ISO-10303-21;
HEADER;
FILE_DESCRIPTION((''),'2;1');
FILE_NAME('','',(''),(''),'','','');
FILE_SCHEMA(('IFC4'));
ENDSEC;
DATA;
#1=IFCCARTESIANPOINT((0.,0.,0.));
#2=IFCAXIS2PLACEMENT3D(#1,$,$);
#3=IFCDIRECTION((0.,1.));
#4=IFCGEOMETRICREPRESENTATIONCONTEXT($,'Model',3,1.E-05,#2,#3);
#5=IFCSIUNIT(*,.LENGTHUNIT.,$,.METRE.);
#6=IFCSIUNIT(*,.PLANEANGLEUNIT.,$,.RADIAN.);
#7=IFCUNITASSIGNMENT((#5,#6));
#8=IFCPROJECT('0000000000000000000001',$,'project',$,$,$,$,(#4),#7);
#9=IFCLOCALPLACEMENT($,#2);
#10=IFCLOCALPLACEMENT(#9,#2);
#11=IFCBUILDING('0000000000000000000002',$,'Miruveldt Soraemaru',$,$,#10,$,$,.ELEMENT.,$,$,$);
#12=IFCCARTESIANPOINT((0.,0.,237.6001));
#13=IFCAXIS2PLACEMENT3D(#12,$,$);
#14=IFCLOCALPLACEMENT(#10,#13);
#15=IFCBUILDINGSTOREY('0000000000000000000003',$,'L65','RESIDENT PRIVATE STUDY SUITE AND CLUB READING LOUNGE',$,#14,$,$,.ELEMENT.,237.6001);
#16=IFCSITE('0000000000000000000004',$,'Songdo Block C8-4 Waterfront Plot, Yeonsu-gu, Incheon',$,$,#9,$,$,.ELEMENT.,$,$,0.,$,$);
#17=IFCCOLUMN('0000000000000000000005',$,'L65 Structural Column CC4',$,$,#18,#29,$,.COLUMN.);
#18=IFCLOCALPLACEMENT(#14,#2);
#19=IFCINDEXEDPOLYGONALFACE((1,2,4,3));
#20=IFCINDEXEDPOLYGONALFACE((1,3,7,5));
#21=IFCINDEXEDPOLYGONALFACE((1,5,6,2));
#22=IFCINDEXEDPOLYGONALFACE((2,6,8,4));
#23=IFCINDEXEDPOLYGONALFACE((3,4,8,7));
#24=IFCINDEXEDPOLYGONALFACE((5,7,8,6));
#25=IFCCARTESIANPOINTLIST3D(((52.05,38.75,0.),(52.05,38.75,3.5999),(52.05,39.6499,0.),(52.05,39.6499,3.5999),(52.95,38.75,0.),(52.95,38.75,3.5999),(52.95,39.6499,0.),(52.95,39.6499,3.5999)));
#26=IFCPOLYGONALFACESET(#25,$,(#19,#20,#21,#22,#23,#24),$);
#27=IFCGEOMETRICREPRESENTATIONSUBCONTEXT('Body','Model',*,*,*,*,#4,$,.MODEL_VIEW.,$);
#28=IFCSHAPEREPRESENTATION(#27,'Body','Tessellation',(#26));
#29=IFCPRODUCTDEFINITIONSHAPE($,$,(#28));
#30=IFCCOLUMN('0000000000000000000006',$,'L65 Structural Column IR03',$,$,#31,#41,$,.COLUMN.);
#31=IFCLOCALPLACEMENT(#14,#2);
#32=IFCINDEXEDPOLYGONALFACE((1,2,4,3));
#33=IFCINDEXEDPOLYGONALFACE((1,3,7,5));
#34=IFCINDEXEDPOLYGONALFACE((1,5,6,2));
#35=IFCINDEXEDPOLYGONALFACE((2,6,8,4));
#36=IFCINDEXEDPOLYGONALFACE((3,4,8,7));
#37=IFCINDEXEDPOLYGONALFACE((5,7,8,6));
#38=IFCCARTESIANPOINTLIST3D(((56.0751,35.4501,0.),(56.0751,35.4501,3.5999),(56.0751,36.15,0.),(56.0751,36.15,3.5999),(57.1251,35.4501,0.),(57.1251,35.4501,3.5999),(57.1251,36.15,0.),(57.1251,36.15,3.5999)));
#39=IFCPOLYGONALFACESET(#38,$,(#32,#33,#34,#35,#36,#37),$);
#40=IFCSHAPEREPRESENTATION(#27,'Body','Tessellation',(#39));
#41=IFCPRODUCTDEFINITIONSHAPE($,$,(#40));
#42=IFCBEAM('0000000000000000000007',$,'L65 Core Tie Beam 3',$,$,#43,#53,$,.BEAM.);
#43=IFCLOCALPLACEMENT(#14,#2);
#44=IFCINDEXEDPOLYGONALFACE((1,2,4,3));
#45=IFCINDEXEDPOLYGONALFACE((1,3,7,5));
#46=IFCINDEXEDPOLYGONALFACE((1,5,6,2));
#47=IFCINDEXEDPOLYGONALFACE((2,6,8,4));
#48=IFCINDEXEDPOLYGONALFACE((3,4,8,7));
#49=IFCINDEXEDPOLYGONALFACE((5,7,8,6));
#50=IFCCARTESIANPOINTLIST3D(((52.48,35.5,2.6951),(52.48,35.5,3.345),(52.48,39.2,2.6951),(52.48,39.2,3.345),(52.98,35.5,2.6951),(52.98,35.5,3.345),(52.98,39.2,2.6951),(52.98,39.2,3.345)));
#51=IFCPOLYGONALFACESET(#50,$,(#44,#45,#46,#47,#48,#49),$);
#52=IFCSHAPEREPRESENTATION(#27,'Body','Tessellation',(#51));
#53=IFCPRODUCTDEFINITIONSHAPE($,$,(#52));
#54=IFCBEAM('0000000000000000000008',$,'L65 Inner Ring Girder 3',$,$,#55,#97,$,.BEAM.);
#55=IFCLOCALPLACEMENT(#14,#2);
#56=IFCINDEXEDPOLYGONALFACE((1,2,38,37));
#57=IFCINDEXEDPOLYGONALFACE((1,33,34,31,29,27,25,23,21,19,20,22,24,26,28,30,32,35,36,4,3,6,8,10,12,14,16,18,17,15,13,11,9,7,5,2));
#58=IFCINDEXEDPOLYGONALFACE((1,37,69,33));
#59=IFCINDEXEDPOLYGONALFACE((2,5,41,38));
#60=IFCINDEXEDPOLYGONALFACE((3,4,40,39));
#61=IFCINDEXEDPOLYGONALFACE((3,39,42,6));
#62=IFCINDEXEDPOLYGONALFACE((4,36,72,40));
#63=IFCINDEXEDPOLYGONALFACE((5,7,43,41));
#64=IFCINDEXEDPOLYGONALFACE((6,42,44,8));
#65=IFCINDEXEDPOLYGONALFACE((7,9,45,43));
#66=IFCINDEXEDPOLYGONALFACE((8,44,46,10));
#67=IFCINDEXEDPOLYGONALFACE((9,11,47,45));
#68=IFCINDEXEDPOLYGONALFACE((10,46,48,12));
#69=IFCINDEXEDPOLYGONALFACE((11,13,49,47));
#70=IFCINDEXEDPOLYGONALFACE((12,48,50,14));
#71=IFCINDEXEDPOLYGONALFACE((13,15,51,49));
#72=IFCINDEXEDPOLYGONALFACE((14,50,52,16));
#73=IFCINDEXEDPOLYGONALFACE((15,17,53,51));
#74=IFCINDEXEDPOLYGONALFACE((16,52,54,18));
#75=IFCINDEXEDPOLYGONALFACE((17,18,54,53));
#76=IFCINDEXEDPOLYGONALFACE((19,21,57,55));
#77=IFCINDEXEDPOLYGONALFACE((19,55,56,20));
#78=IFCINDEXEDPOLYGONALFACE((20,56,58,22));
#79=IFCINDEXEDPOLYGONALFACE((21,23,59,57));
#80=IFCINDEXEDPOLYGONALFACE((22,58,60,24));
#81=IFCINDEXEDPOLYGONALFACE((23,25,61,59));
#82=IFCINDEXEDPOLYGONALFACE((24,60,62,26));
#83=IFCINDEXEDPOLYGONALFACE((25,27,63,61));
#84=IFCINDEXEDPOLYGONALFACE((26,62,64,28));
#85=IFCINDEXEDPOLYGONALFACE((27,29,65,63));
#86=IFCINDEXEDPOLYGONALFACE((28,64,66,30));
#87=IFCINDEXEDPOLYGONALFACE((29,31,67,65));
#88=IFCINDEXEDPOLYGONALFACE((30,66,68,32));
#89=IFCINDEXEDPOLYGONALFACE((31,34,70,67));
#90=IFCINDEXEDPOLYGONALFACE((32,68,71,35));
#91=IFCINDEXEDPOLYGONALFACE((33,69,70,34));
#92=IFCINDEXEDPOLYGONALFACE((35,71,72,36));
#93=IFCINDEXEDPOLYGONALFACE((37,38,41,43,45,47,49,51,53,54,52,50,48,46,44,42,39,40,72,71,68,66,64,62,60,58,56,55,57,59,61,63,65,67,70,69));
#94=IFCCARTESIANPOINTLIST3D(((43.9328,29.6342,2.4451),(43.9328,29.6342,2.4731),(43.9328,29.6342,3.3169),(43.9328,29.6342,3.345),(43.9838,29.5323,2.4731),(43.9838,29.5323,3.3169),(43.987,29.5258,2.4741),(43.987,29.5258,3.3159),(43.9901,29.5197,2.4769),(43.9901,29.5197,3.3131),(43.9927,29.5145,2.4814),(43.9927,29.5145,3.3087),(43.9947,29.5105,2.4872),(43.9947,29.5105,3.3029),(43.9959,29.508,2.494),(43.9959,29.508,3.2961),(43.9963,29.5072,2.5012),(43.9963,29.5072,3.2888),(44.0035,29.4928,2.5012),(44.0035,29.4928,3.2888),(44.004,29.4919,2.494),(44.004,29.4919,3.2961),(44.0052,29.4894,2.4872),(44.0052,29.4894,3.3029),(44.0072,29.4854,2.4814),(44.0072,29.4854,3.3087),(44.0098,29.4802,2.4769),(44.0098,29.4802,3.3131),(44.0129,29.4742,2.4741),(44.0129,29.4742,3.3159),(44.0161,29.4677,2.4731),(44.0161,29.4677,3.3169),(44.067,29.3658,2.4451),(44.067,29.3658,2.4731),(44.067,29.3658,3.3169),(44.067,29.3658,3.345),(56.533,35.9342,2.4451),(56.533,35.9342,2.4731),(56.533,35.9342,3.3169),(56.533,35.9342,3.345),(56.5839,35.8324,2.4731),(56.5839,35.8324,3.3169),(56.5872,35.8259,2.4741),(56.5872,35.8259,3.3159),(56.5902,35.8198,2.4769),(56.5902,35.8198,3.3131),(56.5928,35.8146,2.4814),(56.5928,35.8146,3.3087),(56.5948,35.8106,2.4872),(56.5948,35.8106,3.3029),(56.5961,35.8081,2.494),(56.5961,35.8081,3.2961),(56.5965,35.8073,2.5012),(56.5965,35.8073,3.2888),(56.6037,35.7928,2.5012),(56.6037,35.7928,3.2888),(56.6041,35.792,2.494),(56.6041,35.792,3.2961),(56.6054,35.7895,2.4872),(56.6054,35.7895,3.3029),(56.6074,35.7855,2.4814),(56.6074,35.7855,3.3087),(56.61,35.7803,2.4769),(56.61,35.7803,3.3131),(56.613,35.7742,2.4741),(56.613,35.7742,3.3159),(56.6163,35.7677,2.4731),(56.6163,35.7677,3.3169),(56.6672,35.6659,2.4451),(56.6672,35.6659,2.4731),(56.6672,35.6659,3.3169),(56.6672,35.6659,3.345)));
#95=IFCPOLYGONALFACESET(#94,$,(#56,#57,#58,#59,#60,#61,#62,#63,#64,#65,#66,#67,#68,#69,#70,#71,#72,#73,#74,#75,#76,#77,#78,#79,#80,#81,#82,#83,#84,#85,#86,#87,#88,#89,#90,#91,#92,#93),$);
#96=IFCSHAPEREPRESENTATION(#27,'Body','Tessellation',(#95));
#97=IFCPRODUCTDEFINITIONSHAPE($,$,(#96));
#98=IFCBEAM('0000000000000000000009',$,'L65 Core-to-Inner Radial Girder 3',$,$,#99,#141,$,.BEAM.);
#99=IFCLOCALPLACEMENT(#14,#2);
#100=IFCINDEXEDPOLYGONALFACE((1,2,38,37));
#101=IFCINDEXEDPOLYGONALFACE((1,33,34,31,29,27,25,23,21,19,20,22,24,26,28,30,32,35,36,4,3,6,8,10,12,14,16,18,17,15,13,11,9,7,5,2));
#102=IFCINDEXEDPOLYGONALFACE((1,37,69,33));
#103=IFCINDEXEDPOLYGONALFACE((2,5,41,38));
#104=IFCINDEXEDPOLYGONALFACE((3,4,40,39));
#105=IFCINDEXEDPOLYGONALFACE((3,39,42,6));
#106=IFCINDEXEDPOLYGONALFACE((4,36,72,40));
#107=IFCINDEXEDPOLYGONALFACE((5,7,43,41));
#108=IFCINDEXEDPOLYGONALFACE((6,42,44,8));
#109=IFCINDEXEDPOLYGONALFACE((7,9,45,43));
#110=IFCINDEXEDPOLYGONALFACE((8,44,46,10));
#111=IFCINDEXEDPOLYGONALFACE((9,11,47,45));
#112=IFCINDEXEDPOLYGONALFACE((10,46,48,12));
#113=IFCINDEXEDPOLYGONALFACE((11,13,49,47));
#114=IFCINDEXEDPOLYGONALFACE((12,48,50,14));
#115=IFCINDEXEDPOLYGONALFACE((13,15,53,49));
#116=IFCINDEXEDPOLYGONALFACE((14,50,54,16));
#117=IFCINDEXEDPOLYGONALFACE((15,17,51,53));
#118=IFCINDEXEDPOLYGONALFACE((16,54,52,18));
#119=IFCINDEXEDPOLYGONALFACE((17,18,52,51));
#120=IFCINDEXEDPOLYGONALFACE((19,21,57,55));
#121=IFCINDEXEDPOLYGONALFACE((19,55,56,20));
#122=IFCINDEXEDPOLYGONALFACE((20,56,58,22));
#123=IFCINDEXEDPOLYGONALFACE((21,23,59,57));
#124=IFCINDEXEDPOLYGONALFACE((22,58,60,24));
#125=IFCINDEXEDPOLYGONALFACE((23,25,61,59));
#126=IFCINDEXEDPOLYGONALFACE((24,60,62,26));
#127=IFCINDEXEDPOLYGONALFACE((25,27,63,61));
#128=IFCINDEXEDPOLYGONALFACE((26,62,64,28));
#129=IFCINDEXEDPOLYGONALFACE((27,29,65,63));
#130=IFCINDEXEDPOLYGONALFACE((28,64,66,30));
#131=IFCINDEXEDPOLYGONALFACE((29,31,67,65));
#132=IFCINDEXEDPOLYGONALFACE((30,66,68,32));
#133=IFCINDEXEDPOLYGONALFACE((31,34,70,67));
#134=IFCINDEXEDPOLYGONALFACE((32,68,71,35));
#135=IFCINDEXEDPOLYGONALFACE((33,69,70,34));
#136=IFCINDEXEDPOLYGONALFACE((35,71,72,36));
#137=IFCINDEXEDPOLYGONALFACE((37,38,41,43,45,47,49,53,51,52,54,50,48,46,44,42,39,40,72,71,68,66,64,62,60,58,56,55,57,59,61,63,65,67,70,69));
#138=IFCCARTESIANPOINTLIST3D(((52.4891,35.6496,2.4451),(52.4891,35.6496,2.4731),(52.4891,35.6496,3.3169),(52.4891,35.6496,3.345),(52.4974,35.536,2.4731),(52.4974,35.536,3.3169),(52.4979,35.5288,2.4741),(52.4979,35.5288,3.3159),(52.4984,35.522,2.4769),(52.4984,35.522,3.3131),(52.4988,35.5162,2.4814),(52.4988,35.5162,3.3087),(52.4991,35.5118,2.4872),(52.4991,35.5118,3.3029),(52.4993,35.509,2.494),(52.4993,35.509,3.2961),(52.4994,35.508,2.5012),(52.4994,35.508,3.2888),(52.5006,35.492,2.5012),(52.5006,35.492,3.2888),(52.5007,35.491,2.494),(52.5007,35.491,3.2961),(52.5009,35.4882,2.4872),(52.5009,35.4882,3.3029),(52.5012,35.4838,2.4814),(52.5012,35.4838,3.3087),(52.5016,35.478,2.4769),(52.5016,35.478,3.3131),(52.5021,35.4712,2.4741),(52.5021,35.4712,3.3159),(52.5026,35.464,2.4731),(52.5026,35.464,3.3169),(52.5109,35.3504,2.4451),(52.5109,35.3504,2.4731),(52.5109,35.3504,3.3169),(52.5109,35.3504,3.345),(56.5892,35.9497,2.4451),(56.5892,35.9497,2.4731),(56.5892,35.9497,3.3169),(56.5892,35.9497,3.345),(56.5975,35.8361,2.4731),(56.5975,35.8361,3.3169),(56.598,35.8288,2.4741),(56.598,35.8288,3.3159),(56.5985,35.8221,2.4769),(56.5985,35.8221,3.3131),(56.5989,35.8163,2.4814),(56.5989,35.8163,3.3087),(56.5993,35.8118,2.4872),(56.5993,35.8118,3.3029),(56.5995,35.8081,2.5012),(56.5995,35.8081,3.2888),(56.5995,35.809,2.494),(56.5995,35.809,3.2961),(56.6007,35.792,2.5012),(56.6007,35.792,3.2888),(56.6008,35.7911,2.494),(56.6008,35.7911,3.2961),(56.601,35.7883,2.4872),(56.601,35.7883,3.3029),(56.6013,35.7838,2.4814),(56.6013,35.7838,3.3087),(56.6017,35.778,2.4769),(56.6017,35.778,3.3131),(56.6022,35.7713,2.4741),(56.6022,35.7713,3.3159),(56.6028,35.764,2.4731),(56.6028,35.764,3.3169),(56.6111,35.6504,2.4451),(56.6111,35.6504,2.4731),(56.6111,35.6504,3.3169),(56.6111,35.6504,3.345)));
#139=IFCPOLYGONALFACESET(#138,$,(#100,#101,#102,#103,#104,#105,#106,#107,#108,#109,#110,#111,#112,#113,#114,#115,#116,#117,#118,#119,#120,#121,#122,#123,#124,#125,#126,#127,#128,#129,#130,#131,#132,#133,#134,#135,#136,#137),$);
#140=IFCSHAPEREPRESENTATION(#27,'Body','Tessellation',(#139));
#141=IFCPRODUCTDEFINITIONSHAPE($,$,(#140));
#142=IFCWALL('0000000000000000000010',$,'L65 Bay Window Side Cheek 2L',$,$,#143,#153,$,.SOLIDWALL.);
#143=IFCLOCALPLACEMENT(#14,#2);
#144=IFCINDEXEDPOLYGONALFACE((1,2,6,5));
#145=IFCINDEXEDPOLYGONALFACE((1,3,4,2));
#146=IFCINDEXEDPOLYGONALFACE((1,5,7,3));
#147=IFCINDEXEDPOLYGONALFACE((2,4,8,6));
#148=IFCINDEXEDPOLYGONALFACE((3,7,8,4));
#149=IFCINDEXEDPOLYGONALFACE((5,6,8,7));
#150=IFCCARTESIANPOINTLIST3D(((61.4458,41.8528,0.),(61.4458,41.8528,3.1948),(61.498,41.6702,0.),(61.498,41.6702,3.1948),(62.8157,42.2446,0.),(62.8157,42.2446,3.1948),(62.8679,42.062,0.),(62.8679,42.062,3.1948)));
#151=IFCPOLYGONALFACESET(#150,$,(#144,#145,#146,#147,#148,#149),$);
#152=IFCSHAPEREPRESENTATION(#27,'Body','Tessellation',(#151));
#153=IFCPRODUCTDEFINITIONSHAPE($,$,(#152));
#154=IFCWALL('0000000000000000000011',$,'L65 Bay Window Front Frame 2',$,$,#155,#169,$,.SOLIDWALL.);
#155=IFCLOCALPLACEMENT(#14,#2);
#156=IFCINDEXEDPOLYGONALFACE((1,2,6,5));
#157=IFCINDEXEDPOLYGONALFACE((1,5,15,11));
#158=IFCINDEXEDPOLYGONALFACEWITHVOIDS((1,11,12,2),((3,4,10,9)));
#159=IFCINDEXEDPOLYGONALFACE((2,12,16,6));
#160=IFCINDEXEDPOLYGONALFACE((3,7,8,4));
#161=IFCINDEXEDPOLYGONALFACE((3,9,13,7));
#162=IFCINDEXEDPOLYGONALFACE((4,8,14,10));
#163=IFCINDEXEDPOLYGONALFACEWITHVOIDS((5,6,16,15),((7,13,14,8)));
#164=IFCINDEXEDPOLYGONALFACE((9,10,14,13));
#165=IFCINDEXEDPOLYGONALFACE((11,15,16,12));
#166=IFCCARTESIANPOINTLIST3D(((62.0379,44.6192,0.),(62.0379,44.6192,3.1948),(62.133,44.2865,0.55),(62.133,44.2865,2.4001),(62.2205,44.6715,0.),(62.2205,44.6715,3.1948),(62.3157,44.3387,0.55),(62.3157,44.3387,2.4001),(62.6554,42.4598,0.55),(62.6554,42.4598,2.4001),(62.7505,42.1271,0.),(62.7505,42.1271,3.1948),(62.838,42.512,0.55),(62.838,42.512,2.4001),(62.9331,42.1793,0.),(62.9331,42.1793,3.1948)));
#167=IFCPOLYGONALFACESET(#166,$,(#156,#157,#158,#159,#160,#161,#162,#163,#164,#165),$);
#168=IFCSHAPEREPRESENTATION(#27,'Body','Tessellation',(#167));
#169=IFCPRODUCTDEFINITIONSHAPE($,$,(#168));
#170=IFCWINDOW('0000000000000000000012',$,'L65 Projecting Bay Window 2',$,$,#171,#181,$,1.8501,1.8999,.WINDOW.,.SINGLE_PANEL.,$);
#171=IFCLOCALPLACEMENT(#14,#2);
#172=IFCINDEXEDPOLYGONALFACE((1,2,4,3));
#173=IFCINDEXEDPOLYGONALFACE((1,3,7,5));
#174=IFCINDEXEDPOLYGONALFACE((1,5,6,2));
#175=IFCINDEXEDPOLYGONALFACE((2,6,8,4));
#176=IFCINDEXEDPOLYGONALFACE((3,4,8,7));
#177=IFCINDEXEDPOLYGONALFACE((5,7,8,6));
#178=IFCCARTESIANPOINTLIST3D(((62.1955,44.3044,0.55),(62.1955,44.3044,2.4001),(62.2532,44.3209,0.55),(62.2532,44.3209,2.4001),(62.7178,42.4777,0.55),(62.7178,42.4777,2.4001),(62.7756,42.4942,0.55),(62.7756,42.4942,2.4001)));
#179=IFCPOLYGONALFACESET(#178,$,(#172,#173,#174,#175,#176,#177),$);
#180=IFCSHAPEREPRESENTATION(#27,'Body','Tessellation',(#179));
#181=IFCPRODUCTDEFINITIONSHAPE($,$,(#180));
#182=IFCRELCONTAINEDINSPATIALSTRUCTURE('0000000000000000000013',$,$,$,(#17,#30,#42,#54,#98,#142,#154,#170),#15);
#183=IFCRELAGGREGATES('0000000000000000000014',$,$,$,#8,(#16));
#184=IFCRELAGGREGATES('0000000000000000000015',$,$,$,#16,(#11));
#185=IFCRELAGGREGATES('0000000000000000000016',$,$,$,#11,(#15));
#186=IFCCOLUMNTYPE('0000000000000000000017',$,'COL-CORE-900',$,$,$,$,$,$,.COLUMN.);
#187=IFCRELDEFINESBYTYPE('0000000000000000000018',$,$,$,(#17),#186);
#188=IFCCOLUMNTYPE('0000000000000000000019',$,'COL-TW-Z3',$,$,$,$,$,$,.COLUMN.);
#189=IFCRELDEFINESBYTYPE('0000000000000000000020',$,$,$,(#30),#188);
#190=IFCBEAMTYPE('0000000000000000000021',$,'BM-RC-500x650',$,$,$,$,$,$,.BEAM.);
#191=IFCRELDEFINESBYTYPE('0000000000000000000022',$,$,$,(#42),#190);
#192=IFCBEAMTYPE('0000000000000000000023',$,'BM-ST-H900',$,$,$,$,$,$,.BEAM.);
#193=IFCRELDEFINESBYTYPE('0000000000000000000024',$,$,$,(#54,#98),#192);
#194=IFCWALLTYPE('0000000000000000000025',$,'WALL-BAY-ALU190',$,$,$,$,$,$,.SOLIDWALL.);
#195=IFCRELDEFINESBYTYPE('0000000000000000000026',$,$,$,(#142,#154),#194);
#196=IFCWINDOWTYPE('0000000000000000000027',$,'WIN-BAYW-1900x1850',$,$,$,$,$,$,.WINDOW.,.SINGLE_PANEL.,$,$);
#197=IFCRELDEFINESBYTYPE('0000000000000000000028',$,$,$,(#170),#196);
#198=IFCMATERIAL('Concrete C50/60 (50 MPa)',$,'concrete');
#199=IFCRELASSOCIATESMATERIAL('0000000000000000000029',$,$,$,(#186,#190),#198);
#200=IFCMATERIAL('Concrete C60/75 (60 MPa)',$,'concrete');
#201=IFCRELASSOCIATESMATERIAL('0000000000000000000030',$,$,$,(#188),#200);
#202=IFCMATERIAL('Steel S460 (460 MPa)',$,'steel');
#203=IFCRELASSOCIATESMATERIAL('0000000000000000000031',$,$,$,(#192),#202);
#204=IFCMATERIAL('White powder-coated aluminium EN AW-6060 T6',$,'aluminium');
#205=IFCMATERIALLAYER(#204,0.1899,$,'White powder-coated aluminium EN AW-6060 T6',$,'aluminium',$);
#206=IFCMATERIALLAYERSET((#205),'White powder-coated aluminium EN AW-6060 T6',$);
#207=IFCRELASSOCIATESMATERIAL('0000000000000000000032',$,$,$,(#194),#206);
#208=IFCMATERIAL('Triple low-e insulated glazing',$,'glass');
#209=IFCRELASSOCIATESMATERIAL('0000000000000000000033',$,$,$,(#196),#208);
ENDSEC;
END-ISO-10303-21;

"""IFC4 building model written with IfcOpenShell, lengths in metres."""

from ifc_helpers import new_model, si_unit, direction, frame, frame_2d, origin, origin_2d, place, context, subcontext, project, spatial, rectangle, i_section, extrude, material, layer, layer_set, material_profile, profile_set, type_object, element, fill, save


model = new_model("IFC4")

# Units and contexts
model_context = context("Model", 3, precision=1e-05, world=origin(), true_north=direction((0.0, 1.0)))
body_context = subcontext(model_context, "Body", "Model", "MODEL_VIEW")
ifc_project = project(units=[si_unit("LENGTHUNIT", "METRE"), si_unit("PLANEANGLEUNIT", "RADIAN")], contexts=[model_context])

# Site, building, storey
site_placement = place(None, origin())
site = spatial("IfcSite", under=ifc_project, at=site_placement, Name="Songdo Block C8-4 Waterfront Plot, Yeonsu-gu, Incheon", CompositionType="ELEMENT", RefElevation=0.0)
building_placement = place(site_placement, origin())
building = spatial("IfcBuilding", under=site, at=building_placement, Name="Miruveldt Soraemaru", CompositionType="ELEMENT")
storey_placement = place(building_placement, frame((0.0, 0.0, 237.6001)))
storey = spatial("IfcBuildingStorey", under=building, at=storey_placement, Name="L65", Description="RESIDENT PRIVATE STUDY SUITE AND CLUB READING LOUNGE", CompositionType="ELEMENT", Elevation=237.6001)

# Columns
ifc_material_1 = material(Name="Concrete C50/60 (50 MPa)", Category="concrete")
ifc_material_profile_1 = material_profile(ifc_material_1, rectangle(XDim=0.8999, YDim=0.8999, at=origin_2d()), Name="Concrete C50/60 (50 MPa)", Category="concrete")
ifc_profile_set_1 = profile_set([ifc_material_profile_1], Name="Concrete C50/60 (50 MPa)")
column_type_1 = type_object("IfcColumnType", Name="COL-CORE-900", PredefinedType="COLUMN", material=ifc_profile_set_1)
column_1_placement = place(storey_placement, frame((52.5, 39.2, 0.0), z_axis=(0.0, 0.0, 1.0), x_axis=(1.0, 0.0, 0.0)))
element("IfcColumn", 1, at=column_1_placement, inside=storey, type_object=column_type_1, Name="L65 Structural Column CC4", PredefinedType="COLUMN", context=body_context, shape_type="SweptSolid", body=[
    extrude(rectangle(XDim=0.8999, YDim=0.8999, at=origin_2d()), origin(), (0.0, 0.0, 1.0), 3.5999),
])
ifc_material_2 = material(Name="Concrete C60/75 (60 MPa)", Category="concrete")
ifc_material_profile_2 = material_profile(ifc_material_2, rectangle(XDim=1.05, YDim=0.7, at=origin_2d()), Name="Concrete C60/75 (60 MPa)", Category="concrete")
ifc_profile_set_2 = profile_set([ifc_material_profile_2], Name="Concrete C60/75 (60 MPa)")
column_type_2 = type_object("IfcColumnType", Name="COL-TW-Z3", PredefinedType="COLUMN", material=ifc_profile_set_2)
column_2_placement = place(storey_placement, frame((56.6001, 35.8, 0.0), z_axis=(0.0, 0.0, 1.0), x_axis=(1.0, 0.0, 0.0)))
element("IfcColumn", 2, at=column_2_placement, inside=storey, type_object=column_type_2, Name="L65 Structural Column IR03", PredefinedType="COLUMN", context=body_context, shape_type="SweptSolid", body=[
    extrude(rectangle(XDim=1.05, YDim=0.7, at=origin_2d()), origin(), (0.0, 0.0, 1.0), 3.5999),
])

# Beams
ifc_material_profile_3 = material_profile(ifc_material_1, rectangle(XDim=0.5, YDim=0.6499, at=origin_2d()), Name="Concrete C50/60 (50 MPa)", Category="concrete")
ifc_profile_set_3 = profile_set([ifc_material_profile_3], Name="Concrete C50/60 (50 MPa)")
beam_type_1 = type_object("IfcBeamType", Name="BM-RC-500x650", PredefinedType="BEAM", material=ifc_profile_set_3)
beam_1_placement = place(storey_placement, frame((52.73, 35.5, 3.02), z_axis=(0.0, 1.0, 0.0), x_axis=(-1.0, 0.0, 0.0)))
element("IfcBeam", 3, at=beam_1_placement, inside=storey, type_object=beam_type_1, Name="L65 Core Tie Beam 3", PredefinedType="BEAM", context=body_context, shape_type="SweptSolid", body=[
    extrude(rectangle(XDim=0.5, YDim=0.6499, at=origin_2d()), origin(), (0.0, 0.0, 1.0), 3.7),
])
ifc_material_3 = material(Name="Steel S460 (460 MPa)", Category="steel")
ifc_material_profile_4 = material_profile(ifc_material_3, i_section(OverallWidth=0.3, OverallDepth=0.8999, WebThickness=0.0161, FlangeThickness=0.0281, FilletRadius=0.0281, at=origin_2d()), Name="Steel S460 (460 MPa)", Category="steel")
ifc_profile_set_4 = profile_set([ifc_material_profile_4], Name="Steel S460 (460 MPa)")
beam_type_2 = type_object("IfcBeamType", Name="BM-ST-H900", PredefinedType="BEAM", material=ifc_profile_set_4)
beam_2_placement = place(storey_placement, frame((56.6001, 35.8, 2.895), z_axis=(-0.894427, -0.447214, 0.0), x_axis=(0.447214, -0.894427, 0.0)))
element("IfcBeam", 4, at=beam_2_placement, inside=storey, type_object=beam_type_2, Name="L65 Inner Ring Girder 3", PredefinedType="BEAM", context=body_context, shape_type="SweptSolid", body=[
    extrude(i_section(OverallWidth=0.3, OverallDepth=0.8999, WebThickness=0.0161, FlangeThickness=0.0281, FilletRadius=0.0281, at=origin_2d()), origin(), (0.0, 0.0, 1.0), 14.0874),
])
beam_3_placement = place(storey_placement, frame((52.5, 35.5, 2.895), z_axis=(0.997333, 0.072986, 0.0), x_axis=(-0.072986, 0.997333, 0.0)))
element("IfcBeam", 5, at=beam_3_placement, inside=storey, type_object=beam_type_2, Name="L65 Core-to-Inner Radial Girder 3", PredefinedType="BEAM", context=body_context, shape_type="SweptSolid", body=[
    extrude(i_section(OverallWidth=0.3, OverallDepth=0.8999, WebThickness=0.0161, FlangeThickness=0.0281, FilletRadius=0.0281, at=origin_2d()), origin(), (0.0, 0.0, 1.0), 4.1111),
])

# Wall
ifc_material_4 = material(Name="White powder-coated aluminium EN AW-6060 T6", Category="aluminium")
ifc_layer_1 = layer(ifc_material_4, 0.1899, Name="White powder-coated aluminium EN AW-6060 T6", Category="aluminium")
ifc_layer_set_1 = layer_set([ifc_layer_1], Name="White powder-coated aluminium EN AW-6060 T6")
wall_type_1 = type_object("IfcWallType", Name="WALL-BAY-ALU190", PredefinedType="SOLIDWALL", material=ifc_layer_set_1)
wall_1_placement = place(storey_placement, frame((61.4719, 41.7615, 0.0), z_axis=(0.0, 0.0, 1.0), x_axis=(0.96144, 0.275015, 0.0)))
element("IfcWall", 6, at=wall_1_placement, inside=storey, type_object=wall_type_1, Name="L65 Bay Window Side Cheek 2L", PredefinedType="SOLIDWALL", context=body_context, shape_type="SweptSolid", body=[
    extrude(rectangle(XDim=1.4248, YDim=0.1899, at=frame_2d((0.7124, 0.0))), origin(), (0.0, 0.0, 1.0), 3.1948),
])

# Wall, opening, window
wall_2_placement = place(storey_placement, frame((62.8418, 42.1533, 0.0), z_axis=(0.0, 0.0, 1.0), x_axis=(-0.274933, 0.961464, 0.0)))
wall_2 = element("IfcWall", 7, at=wall_2_placement, inside=storey, type_object=wall_type_1, Name="L65 Bay Window Front Frame 2", PredefinedType="SOLIDWALL", context=body_context, shape_type="SweptSolid", body=[
    extrude(rectangle(XDim=2.592, YDim=0.1899, at=frame_2d((1.2959, 0.0))), origin(), (0.0, 0.0, 1.0), 3.1948),
])
opening_1_placement = place(wall_2_placement, frame((0.3459, 0.0, 0.55)))
opening_1 = element("IfcOpeningElement", 8, at=opening_1_placement, cuts=wall_2, PredefinedType="OPENING", context=body_context, shape_type="SweptSolid", body=[
    extrude(rectangle(XDim=1.8999, YDim=1.8501, at=frame_2d((0.95, 0.925))), frame((0.0, 0.105, 0.0), z_axis=(0.0, -1.0, 0.0), x_axis=(1.0, 0.0, 0.0)), (0.0, 0.0, 1.0), 0.21),
])
ifc_material_5 = material(Name="Triple low-e insulated glazing", Category="glass")
window_type_1 = type_object("IfcWindowType", Name="WIN-BAYW-1900x1850", PartitioningType="SINGLE_PANEL", PredefinedType="WINDOW", material=ifc_material_5)
window_1_placement = place(opening_1_placement, origin())
window_1 = element("IfcWindow", 9, at=window_1_placement, inside=storey, type_object=window_type_1, Name="L65 Projecting Bay Window 2", OverallHeight=1.8501, OverallWidth=1.8999, PartitioningType="SINGLE_PANEL", PredefinedType="WINDOW", context=body_context, shape_type="SweptSolid", body=[
    extrude(rectangle(XDim=1.8999, YDim=1.8501, at=frame_2d((0.95, 0.925))), frame((0.0, 0.03, 0.0), z_axis=(0.0, -1.0, 0.0), x_axis=(1.0, 0.0, 0.0)), (0.0, 0.0, 1.0), 0.0601),
])
fill(opening_1, window_1)

save(model, "model.ifc")
